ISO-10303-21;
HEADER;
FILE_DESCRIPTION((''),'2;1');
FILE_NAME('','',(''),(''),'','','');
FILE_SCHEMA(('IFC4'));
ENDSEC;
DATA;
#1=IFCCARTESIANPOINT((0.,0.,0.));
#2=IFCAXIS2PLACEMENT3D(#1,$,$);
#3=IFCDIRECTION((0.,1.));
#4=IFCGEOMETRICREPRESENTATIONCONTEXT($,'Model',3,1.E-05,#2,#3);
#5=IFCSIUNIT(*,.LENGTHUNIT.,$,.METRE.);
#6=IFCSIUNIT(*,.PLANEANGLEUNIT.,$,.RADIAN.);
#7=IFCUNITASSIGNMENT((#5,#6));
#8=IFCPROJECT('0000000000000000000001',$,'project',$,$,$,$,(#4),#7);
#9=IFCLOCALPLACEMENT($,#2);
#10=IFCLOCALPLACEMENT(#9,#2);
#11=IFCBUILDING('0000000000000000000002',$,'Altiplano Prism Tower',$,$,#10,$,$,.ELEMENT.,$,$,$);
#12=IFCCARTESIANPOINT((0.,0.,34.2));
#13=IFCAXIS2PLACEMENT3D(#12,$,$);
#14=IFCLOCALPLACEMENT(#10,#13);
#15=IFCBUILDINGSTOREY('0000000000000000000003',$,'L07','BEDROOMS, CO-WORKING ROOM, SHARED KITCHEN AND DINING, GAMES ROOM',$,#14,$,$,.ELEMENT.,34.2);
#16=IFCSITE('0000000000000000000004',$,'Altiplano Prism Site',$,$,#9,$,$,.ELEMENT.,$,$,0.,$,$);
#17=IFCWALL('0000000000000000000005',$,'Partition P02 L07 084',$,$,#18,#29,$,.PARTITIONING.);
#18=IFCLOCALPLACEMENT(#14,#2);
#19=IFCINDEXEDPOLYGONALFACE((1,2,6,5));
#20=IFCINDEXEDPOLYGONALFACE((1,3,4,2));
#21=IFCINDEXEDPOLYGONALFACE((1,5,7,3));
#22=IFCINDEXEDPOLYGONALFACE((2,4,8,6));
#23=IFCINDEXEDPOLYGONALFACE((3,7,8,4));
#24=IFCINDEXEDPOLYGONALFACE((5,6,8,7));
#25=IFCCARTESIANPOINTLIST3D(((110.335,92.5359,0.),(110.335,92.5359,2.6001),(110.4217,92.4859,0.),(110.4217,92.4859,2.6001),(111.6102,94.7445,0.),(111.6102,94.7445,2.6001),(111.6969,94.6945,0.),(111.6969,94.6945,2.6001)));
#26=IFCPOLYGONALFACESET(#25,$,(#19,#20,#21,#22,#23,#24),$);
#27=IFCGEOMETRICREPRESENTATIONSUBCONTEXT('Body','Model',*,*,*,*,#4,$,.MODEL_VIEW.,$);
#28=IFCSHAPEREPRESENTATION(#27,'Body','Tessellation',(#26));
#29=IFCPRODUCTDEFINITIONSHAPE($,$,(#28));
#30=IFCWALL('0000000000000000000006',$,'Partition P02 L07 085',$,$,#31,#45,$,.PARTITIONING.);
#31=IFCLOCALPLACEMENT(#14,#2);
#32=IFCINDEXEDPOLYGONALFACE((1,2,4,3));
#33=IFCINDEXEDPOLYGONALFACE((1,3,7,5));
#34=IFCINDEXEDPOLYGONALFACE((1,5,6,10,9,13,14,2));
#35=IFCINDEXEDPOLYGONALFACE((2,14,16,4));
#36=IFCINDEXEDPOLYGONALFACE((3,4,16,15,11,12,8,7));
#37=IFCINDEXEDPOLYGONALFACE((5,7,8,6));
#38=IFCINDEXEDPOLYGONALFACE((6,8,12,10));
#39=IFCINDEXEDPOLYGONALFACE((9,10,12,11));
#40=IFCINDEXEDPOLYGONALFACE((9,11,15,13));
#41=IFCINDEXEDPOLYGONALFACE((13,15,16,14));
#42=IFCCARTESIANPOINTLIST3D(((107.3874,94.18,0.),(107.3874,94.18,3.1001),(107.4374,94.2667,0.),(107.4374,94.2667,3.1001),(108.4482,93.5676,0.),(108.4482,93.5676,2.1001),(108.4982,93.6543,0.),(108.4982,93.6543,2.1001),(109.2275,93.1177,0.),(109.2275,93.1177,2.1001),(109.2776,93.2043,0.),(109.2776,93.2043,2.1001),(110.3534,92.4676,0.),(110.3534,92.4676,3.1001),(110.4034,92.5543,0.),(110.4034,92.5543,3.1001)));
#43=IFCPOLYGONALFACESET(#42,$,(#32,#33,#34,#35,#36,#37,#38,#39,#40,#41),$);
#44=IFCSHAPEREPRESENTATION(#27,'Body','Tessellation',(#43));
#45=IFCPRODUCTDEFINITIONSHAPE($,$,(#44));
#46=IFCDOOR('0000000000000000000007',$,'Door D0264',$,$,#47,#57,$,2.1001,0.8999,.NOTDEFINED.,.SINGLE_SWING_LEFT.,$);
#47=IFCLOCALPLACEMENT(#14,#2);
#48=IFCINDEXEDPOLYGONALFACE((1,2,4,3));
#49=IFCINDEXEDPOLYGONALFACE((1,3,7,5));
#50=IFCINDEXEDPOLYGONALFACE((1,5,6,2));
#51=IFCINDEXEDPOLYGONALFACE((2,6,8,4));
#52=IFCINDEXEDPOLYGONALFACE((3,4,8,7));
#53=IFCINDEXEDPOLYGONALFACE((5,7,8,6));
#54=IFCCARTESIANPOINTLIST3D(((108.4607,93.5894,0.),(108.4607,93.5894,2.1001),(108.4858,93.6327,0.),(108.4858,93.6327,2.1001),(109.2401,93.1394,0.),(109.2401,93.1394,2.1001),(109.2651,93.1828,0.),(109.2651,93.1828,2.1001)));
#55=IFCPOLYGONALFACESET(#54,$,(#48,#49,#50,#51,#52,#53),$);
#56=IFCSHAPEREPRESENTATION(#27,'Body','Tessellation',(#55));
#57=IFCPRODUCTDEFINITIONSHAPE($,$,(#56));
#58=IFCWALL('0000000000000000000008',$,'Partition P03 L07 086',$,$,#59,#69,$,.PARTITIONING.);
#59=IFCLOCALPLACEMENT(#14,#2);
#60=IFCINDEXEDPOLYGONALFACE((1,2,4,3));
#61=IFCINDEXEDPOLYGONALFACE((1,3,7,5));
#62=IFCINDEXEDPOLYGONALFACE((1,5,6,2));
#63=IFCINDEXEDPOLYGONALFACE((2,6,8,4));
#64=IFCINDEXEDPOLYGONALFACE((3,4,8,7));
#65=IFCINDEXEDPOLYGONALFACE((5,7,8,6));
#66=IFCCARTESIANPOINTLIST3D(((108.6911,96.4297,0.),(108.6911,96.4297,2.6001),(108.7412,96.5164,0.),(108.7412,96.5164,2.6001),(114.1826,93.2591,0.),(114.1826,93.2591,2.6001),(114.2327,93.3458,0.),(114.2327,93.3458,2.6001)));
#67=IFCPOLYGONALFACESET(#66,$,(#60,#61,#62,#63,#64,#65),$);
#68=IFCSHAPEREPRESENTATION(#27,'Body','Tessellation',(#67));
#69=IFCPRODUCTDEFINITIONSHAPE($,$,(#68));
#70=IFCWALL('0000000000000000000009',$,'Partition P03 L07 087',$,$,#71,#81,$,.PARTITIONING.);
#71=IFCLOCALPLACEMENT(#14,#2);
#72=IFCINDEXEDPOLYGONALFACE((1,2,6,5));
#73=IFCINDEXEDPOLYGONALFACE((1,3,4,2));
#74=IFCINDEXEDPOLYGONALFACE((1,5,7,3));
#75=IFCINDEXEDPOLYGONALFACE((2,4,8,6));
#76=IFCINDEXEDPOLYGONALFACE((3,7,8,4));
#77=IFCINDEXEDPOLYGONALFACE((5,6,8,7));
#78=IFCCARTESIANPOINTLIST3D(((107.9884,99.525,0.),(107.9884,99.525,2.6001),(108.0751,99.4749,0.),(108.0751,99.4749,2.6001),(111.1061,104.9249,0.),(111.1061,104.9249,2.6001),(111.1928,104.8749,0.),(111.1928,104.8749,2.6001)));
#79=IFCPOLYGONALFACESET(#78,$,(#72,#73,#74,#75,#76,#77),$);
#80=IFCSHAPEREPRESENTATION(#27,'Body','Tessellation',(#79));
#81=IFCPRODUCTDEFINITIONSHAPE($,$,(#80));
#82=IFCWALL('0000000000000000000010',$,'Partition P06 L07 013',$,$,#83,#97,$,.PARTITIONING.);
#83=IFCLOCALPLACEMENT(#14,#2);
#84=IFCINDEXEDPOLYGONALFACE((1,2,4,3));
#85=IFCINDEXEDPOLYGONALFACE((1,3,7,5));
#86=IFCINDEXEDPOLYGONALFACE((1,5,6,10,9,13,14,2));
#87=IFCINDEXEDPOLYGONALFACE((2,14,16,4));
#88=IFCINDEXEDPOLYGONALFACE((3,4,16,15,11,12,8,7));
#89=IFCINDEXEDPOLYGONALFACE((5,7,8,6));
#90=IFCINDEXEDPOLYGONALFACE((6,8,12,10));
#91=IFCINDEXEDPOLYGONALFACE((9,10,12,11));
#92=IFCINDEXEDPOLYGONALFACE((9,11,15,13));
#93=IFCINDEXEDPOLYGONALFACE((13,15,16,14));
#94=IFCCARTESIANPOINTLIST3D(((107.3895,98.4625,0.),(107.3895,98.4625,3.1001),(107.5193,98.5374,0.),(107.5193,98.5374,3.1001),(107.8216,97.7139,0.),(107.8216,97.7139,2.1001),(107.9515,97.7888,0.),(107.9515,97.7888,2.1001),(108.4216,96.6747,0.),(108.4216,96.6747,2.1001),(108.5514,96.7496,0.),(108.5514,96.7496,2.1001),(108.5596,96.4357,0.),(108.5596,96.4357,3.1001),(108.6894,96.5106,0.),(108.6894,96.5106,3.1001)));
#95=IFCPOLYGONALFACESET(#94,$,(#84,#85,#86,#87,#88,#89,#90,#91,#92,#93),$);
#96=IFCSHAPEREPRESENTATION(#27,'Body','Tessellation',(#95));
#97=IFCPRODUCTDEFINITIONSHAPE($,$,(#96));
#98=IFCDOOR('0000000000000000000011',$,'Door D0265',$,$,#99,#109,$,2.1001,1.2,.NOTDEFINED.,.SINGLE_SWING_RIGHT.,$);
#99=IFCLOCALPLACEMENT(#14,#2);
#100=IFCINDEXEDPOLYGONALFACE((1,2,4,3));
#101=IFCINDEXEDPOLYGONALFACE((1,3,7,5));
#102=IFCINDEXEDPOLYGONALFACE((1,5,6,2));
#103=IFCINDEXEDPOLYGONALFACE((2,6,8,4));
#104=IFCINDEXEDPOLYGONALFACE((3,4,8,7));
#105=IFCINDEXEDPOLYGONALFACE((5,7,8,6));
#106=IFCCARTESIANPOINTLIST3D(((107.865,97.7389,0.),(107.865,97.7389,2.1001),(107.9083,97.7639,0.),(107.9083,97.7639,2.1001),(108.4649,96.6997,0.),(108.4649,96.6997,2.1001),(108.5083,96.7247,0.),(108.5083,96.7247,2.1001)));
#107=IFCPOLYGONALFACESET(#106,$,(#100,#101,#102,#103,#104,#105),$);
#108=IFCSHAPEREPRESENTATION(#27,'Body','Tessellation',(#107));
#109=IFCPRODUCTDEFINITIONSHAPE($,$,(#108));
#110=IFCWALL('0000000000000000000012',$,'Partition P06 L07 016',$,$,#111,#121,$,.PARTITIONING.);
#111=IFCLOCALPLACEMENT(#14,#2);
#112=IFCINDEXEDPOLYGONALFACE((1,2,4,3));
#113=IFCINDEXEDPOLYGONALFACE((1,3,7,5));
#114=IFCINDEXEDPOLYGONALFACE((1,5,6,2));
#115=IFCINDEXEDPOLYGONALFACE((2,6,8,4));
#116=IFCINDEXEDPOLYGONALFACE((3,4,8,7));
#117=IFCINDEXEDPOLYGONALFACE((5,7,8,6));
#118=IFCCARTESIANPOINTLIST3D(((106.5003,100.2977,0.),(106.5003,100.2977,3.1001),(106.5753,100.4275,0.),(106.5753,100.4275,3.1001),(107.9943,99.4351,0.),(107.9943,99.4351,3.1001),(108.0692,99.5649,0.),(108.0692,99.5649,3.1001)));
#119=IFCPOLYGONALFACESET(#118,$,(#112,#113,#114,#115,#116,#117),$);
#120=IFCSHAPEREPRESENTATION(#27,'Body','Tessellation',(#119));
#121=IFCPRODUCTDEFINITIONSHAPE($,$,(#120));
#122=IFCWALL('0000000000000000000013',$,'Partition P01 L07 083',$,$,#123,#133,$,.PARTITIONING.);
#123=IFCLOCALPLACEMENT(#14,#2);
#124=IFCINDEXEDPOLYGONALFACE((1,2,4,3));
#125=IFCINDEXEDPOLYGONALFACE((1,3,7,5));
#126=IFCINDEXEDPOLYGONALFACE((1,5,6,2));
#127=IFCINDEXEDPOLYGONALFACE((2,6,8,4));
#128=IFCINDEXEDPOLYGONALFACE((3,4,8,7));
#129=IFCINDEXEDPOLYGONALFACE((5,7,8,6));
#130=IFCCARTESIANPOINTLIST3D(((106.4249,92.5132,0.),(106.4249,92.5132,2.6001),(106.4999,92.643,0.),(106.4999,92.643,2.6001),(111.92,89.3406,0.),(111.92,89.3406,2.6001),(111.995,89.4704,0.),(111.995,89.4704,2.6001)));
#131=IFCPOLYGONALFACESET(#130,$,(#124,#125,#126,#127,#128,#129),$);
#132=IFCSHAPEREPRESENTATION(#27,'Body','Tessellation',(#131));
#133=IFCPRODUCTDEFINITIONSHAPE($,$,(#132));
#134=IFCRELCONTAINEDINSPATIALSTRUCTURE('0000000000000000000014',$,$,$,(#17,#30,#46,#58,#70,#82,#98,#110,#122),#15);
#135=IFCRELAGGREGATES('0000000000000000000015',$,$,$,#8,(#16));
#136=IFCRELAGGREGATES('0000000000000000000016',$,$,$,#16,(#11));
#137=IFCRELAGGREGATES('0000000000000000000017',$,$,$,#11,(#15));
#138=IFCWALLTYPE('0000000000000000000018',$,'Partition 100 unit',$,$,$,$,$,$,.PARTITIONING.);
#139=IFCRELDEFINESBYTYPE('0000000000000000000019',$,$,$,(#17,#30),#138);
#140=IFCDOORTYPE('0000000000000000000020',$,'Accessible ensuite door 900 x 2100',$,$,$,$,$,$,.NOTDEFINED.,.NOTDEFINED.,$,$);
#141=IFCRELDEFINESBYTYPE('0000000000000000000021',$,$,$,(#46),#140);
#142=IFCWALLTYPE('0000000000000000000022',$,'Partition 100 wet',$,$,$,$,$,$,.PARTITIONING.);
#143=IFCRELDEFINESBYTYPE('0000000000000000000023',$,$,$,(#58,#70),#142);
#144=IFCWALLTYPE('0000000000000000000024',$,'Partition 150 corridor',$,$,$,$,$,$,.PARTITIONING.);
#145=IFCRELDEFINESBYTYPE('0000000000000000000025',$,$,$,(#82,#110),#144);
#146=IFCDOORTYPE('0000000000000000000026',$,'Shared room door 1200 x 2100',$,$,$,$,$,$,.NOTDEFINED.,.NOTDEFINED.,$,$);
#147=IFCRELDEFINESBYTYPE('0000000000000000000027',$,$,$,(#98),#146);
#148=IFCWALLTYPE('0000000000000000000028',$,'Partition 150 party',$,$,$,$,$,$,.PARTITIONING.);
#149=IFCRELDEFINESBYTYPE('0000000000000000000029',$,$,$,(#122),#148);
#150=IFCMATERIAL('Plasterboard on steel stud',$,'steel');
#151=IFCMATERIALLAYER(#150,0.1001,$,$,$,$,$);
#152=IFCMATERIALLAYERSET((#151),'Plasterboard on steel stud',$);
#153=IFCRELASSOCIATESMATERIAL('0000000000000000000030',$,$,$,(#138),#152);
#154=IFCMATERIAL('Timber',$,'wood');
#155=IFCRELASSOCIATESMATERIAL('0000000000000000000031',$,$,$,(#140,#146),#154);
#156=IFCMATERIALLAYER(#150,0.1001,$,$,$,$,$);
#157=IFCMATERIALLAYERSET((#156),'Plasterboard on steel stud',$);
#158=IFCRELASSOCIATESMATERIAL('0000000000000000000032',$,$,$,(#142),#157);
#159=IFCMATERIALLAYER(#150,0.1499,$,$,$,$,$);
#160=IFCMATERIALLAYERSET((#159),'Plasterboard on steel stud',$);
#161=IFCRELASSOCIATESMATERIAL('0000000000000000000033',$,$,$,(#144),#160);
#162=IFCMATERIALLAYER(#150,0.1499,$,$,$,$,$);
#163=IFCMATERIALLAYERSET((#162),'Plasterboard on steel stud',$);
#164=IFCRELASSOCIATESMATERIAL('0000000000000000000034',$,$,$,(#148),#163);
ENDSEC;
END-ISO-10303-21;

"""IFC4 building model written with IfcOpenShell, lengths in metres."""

from ifc_helpers import new_model, si_unit, direction, frame, frame_2d, origin, place, context, subcontext, project, spatial, rectangle, extrude, material, layer, layer_set, type_object, element, fill, save


model = new_model("IFC4")

# Units and contexts
model_context = context("Model", 3, precision=1e-05, world=origin(), true_north=direction((0.0, 1.0)))
body_context = subcontext(model_context, "Body", "Model", "MODEL_VIEW")
ifc_project = project(units=[si_unit("LENGTHUNIT", "METRE"), si_unit("PLANEANGLEUNIT", "RADIAN")], contexts=[model_context])

# Site, building, storey
site_placement = place(None, origin())
site = spatial("IfcSite", under=ifc_project, at=site_placement, Name="Altiplano Prism Site", CompositionType="ELEMENT", RefElevation=0.0)
building_placement = place(site_placement, origin())
building = spatial("IfcBuilding", under=site, at=building_placement, Name="Altiplano Prism Tower", CompositionType="ELEMENT")
storey_placement = place(building_placement, frame((0.0, 0.0, 34.2)))
storey = spatial("IfcBuildingStorey", under=building, at=storey_placement, Name="L07", Description="BEDROOMS, CO-WORKING ROOM, SHARED KITCHEN AND DINING, GAMES ROOM", CompositionType="ELEMENT", Elevation=34.2)

# Wall
ifc_material_1 = material(Name="Plasterboard on steel stud", Category="steel")
ifc_layer_1 = layer(ifc_material_1, 0.1001)
ifc_layer_set_1 = layer_set([ifc_layer_1], Name="Plasterboard on steel stud")
wall_type_1 = type_object("IfcWallType", Name="Partition 100 unit", PredefinedType="PARTITIONING", material=ifc_layer_set_1)
wall_1_placement = place(storey_placement, frame((111.6536, 94.7195, 0.0), z_axis=(0.0, 0.0, 1.0), x_axis=(-0.500021, -0.866013, 0.0)))
element("IfcWall", 1, at=wall_1_placement, inside=storey, type_object=wall_type_1, Name="Partition P02 L07 084", PredefinedType="PARTITIONING", context=body_context, shape_type="SweptSolid", body=[
    extrude(rectangle(XDim=2.5503, YDim=0.1001, at=frame_2d((1.2751, 0.0))), origin(), (0.0, 0.0, 1.0), 2.6001),
])

# Wall, opening, door
wall_2_placement = place(storey_placement, frame((110.3784, 92.511, 0.0), z_axis=(0.0, 0.0, 1.0), x_axis=(-0.866032, 0.499988, 0.0)))
wall_2 = element("IfcWall", 2, at=wall_2_placement, inside=storey, type_object=wall_type_1, Name="Partition P02 L07 085", PredefinedType="PARTITIONING", context=body_context, shape_type="SweptSolid", body=[
    extrude(rectangle(XDim=3.4248, YDim=0.1001, at=frame_2d((1.7124, 0.0))), origin(), (0.0, 0.0, 1.0), 3.1001),
])
opening_1_placement = place(wall_2_placement, frame((1.3, 0.0, 0.0)))
opening_1 = element("IfcOpeningElement", 3, at=opening_1_placement, cuts=wall_2, PredefinedType="OPENING", context=body_context, shape_type="SweptSolid", body=[
    extrude(rectangle(XDim=0.8999, YDim=2.1001, at=frame_2d((0.45, 1.05))), frame((0.0, 0.0605, 0.0), z_axis=(0.0, -1.0, 0.0), x_axis=(1.0, 0.0, 0.0)), (0.0, 0.0, 1.0), 0.1211),
])
ifc_material_2 = material(Name="Timber", Category="wood")
door_type_1 = type_object("IfcDoorType", Name="Accessible ensuite door 900 x 2100", OperationType="NOTDEFINED", PredefinedType="NOTDEFINED", material=ifc_material_2)
door_1_placement = place(opening_1_placement, origin())
door_1 = element("IfcDoor", 4, at=door_1_placement, inside=storey, type_object=door_type_1, Name="Door D0264", OperationType="SINGLE_SWING_LEFT", OverallHeight=2.1001, OverallWidth=0.8999, PredefinedType="NOTDEFINED", context=body_context, shape_type="SweptSolid", body=[
    extrude(rectangle(XDim=0.8999, YDim=2.1001, at=frame_2d((0.45, 1.05))), frame((0.0, 0.0249, 0.0), z_axis=(0.0, -1.0, 0.0), x_axis=(1.0, 0.0, 0.0)), (0.0, 0.0, 1.0), 0.05),
])
fill(opening_1, door_1)

# Walls
ifc_layer_2 = layer(ifc_material_1, 0.1001)
ifc_layer_set_2 = layer_set([ifc_layer_2], Name="Plasterboard on steel stud")
wall_type_2 = type_object("IfcWallType", Name="Partition 100 wet", PredefinedType="PARTITIONING", material=ifc_layer_set_2)
wall_3_placement = place(storey_placement, frame((114.2075, 93.3025, 0.0), z_axis=(0.0, 0.0, 1.0), x_axis=(-0.866014, 0.500019, 0.0)))
element("IfcWall", 5, at=wall_3_placement, inside=storey, type_object=wall_type_2, Name="Partition P03 L07 086", PredefinedType="PARTITIONING", context=body_context, shape_type="SweptSolid", body=[
    extrude(rectangle(XDim=6.3411, YDim=0.1001, at=frame_2d((3.1704, 0.0))), origin(), (0.0, 0.0, 1.0), 2.6001),
])
wall_4_placement = place(storey_placement, frame((111.1494, 104.8999, 0.0), z_axis=(0.0, 0.0, 1.0), x_axis=(-0.500005, -0.866023, 0.0)))
element("IfcWall", 6, at=wall_4_placement, inside=storey, type_object=wall_type_2, Name="Partition P03 L07 087", PredefinedType="PARTITIONING", context=body_context, shape_type="SweptSolid", body=[
    extrude(rectangle(XDim=6.2354, YDim=0.1001, at=frame_2d((3.1177, 0.0))), origin(), (0.0, 0.0, 1.0), 2.6001),
])

# Wall, opening, door
ifc_layer_3 = layer(ifc_material_1, 0.1499)
ifc_layer_set_3 = layer_set([ifc_layer_3], Name="Plasterboard on steel stud")
wall_type_3 = type_object("IfcWallType", Name="Partition 150 corridor", PredefinedType="PARTITIONING", material=ifc_layer_set_3)
wall_5_placement = place(storey_placement, frame((108.6245, 96.4731, 0.0), z_axis=(0.0, 0.0, 1.0), x_axis=(-0.499987, 0.866033, 0.0)))
wall_5 = element("IfcWall", 7, at=wall_5_placement, inside=storey, type_object=wall_type_3, Name="Partition P06 L07 013", PredefinedType="PARTITIONING", context=body_context, shape_type="SweptSolid", body=[
    extrude(rectangle(XDim=2.3403, YDim=0.1499, at=frame_2d((1.1702, 0.0))), origin(), (0.0, 0.0, 1.0), 3.1001),
])
opening_2_placement = place(wall_5_placement, frame((0.2759, 0.0, 0.0)))
opening_2 = element("IfcOpeningElement", 8, at=opening_2_placement, cuts=wall_5, PredefinedType="OPENING", context=body_context, shape_type="SweptSolid", body=[
    extrude(rectangle(XDim=1.2, YDim=2.1001, at=frame_2d((0.6001, 1.05))), frame((0.0, 0.0854, 0.0), z_axis=(0.0, -1.0, 0.0), x_axis=(1.0, 0.0, 0.0)), (0.0, 0.0, 1.0), 0.1709),
])
door_type_2 = type_object("IfcDoorType", Name="Shared room door 1200 x 2100", OperationType="NOTDEFINED", PredefinedType="NOTDEFINED", material=ifc_material_2)
door_2_placement = place(opening_2_placement, origin())
door_2 = element("IfcDoor", 9, at=door_2_placement, inside=storey, type_object=door_type_2, Name="Door D0265", OperationType="SINGLE_SWING_RIGHT", OverallHeight=2.1001, OverallWidth=1.2, PredefinedType="NOTDEFINED", context=body_context, shape_type="SweptSolid", body=[
    extrude(rectangle(XDim=1.2, YDim=2.1001, at=frame_2d((0.6001, 1.05))), frame((0.0, 0.0249, 0.0), z_axis=(0.0, -1.0, 0.0), x_axis=(1.0, 0.0, 0.0)), (0.0, 0.0, 1.0), 0.05),
])
fill(opening_2, door_2)

# Walls
wall_6_placement = place(storey_placement, frame((108.0317, 99.5, 0.0), z_axis=(0.0, 0.0, 1.0), x_axis=(-0.866014, 0.500021, 0.0)))
element("IfcWall", 10, at=wall_6_placement, inside=storey, type_object=wall_type_3, Name="Partition P06 L07 016", PredefinedType="PARTITIONING", context=body_context, shape_type="SweptSolid", body=[
    extrude(rectangle(XDim=1.7251, YDim=0.1499, at=frame_2d((0.8625, 0.0))), origin(), (0.0, 0.0, 1.0), 3.1001),
])
ifc_layer_4 = layer(ifc_material_1, 0.1499)
ifc_layer_set_4 = layer_set([ifc_layer_4], Name="Plasterboard on steel stud")
wall_type_4 = type_object("IfcWallType", Name="Partition 150 party", PredefinedType="PARTITIONING", material=ifc_layer_set_4)
wall_7_placement = place(storey_placement, frame((111.9575, 89.4055, 0.0), z_axis=(0.0, 0.0, 1.0), x_axis=(-0.866025, 0.5, 0.0)))
element("IfcWall", 11, at=wall_7_placement, inside=storey, type_object=wall_type_4, Name="Partition P01 L07 083", PredefinedType="PARTITIONING", context=body_context, shape_type="SweptSolid", body=[
    extrude(rectangle(XDim=6.3452, YDim=0.1499, at=frame_2d((3.1726, 0.0))), origin(), (0.0, 0.0, 1.0), 2.6001),
])

save(model, "model.ifc")
